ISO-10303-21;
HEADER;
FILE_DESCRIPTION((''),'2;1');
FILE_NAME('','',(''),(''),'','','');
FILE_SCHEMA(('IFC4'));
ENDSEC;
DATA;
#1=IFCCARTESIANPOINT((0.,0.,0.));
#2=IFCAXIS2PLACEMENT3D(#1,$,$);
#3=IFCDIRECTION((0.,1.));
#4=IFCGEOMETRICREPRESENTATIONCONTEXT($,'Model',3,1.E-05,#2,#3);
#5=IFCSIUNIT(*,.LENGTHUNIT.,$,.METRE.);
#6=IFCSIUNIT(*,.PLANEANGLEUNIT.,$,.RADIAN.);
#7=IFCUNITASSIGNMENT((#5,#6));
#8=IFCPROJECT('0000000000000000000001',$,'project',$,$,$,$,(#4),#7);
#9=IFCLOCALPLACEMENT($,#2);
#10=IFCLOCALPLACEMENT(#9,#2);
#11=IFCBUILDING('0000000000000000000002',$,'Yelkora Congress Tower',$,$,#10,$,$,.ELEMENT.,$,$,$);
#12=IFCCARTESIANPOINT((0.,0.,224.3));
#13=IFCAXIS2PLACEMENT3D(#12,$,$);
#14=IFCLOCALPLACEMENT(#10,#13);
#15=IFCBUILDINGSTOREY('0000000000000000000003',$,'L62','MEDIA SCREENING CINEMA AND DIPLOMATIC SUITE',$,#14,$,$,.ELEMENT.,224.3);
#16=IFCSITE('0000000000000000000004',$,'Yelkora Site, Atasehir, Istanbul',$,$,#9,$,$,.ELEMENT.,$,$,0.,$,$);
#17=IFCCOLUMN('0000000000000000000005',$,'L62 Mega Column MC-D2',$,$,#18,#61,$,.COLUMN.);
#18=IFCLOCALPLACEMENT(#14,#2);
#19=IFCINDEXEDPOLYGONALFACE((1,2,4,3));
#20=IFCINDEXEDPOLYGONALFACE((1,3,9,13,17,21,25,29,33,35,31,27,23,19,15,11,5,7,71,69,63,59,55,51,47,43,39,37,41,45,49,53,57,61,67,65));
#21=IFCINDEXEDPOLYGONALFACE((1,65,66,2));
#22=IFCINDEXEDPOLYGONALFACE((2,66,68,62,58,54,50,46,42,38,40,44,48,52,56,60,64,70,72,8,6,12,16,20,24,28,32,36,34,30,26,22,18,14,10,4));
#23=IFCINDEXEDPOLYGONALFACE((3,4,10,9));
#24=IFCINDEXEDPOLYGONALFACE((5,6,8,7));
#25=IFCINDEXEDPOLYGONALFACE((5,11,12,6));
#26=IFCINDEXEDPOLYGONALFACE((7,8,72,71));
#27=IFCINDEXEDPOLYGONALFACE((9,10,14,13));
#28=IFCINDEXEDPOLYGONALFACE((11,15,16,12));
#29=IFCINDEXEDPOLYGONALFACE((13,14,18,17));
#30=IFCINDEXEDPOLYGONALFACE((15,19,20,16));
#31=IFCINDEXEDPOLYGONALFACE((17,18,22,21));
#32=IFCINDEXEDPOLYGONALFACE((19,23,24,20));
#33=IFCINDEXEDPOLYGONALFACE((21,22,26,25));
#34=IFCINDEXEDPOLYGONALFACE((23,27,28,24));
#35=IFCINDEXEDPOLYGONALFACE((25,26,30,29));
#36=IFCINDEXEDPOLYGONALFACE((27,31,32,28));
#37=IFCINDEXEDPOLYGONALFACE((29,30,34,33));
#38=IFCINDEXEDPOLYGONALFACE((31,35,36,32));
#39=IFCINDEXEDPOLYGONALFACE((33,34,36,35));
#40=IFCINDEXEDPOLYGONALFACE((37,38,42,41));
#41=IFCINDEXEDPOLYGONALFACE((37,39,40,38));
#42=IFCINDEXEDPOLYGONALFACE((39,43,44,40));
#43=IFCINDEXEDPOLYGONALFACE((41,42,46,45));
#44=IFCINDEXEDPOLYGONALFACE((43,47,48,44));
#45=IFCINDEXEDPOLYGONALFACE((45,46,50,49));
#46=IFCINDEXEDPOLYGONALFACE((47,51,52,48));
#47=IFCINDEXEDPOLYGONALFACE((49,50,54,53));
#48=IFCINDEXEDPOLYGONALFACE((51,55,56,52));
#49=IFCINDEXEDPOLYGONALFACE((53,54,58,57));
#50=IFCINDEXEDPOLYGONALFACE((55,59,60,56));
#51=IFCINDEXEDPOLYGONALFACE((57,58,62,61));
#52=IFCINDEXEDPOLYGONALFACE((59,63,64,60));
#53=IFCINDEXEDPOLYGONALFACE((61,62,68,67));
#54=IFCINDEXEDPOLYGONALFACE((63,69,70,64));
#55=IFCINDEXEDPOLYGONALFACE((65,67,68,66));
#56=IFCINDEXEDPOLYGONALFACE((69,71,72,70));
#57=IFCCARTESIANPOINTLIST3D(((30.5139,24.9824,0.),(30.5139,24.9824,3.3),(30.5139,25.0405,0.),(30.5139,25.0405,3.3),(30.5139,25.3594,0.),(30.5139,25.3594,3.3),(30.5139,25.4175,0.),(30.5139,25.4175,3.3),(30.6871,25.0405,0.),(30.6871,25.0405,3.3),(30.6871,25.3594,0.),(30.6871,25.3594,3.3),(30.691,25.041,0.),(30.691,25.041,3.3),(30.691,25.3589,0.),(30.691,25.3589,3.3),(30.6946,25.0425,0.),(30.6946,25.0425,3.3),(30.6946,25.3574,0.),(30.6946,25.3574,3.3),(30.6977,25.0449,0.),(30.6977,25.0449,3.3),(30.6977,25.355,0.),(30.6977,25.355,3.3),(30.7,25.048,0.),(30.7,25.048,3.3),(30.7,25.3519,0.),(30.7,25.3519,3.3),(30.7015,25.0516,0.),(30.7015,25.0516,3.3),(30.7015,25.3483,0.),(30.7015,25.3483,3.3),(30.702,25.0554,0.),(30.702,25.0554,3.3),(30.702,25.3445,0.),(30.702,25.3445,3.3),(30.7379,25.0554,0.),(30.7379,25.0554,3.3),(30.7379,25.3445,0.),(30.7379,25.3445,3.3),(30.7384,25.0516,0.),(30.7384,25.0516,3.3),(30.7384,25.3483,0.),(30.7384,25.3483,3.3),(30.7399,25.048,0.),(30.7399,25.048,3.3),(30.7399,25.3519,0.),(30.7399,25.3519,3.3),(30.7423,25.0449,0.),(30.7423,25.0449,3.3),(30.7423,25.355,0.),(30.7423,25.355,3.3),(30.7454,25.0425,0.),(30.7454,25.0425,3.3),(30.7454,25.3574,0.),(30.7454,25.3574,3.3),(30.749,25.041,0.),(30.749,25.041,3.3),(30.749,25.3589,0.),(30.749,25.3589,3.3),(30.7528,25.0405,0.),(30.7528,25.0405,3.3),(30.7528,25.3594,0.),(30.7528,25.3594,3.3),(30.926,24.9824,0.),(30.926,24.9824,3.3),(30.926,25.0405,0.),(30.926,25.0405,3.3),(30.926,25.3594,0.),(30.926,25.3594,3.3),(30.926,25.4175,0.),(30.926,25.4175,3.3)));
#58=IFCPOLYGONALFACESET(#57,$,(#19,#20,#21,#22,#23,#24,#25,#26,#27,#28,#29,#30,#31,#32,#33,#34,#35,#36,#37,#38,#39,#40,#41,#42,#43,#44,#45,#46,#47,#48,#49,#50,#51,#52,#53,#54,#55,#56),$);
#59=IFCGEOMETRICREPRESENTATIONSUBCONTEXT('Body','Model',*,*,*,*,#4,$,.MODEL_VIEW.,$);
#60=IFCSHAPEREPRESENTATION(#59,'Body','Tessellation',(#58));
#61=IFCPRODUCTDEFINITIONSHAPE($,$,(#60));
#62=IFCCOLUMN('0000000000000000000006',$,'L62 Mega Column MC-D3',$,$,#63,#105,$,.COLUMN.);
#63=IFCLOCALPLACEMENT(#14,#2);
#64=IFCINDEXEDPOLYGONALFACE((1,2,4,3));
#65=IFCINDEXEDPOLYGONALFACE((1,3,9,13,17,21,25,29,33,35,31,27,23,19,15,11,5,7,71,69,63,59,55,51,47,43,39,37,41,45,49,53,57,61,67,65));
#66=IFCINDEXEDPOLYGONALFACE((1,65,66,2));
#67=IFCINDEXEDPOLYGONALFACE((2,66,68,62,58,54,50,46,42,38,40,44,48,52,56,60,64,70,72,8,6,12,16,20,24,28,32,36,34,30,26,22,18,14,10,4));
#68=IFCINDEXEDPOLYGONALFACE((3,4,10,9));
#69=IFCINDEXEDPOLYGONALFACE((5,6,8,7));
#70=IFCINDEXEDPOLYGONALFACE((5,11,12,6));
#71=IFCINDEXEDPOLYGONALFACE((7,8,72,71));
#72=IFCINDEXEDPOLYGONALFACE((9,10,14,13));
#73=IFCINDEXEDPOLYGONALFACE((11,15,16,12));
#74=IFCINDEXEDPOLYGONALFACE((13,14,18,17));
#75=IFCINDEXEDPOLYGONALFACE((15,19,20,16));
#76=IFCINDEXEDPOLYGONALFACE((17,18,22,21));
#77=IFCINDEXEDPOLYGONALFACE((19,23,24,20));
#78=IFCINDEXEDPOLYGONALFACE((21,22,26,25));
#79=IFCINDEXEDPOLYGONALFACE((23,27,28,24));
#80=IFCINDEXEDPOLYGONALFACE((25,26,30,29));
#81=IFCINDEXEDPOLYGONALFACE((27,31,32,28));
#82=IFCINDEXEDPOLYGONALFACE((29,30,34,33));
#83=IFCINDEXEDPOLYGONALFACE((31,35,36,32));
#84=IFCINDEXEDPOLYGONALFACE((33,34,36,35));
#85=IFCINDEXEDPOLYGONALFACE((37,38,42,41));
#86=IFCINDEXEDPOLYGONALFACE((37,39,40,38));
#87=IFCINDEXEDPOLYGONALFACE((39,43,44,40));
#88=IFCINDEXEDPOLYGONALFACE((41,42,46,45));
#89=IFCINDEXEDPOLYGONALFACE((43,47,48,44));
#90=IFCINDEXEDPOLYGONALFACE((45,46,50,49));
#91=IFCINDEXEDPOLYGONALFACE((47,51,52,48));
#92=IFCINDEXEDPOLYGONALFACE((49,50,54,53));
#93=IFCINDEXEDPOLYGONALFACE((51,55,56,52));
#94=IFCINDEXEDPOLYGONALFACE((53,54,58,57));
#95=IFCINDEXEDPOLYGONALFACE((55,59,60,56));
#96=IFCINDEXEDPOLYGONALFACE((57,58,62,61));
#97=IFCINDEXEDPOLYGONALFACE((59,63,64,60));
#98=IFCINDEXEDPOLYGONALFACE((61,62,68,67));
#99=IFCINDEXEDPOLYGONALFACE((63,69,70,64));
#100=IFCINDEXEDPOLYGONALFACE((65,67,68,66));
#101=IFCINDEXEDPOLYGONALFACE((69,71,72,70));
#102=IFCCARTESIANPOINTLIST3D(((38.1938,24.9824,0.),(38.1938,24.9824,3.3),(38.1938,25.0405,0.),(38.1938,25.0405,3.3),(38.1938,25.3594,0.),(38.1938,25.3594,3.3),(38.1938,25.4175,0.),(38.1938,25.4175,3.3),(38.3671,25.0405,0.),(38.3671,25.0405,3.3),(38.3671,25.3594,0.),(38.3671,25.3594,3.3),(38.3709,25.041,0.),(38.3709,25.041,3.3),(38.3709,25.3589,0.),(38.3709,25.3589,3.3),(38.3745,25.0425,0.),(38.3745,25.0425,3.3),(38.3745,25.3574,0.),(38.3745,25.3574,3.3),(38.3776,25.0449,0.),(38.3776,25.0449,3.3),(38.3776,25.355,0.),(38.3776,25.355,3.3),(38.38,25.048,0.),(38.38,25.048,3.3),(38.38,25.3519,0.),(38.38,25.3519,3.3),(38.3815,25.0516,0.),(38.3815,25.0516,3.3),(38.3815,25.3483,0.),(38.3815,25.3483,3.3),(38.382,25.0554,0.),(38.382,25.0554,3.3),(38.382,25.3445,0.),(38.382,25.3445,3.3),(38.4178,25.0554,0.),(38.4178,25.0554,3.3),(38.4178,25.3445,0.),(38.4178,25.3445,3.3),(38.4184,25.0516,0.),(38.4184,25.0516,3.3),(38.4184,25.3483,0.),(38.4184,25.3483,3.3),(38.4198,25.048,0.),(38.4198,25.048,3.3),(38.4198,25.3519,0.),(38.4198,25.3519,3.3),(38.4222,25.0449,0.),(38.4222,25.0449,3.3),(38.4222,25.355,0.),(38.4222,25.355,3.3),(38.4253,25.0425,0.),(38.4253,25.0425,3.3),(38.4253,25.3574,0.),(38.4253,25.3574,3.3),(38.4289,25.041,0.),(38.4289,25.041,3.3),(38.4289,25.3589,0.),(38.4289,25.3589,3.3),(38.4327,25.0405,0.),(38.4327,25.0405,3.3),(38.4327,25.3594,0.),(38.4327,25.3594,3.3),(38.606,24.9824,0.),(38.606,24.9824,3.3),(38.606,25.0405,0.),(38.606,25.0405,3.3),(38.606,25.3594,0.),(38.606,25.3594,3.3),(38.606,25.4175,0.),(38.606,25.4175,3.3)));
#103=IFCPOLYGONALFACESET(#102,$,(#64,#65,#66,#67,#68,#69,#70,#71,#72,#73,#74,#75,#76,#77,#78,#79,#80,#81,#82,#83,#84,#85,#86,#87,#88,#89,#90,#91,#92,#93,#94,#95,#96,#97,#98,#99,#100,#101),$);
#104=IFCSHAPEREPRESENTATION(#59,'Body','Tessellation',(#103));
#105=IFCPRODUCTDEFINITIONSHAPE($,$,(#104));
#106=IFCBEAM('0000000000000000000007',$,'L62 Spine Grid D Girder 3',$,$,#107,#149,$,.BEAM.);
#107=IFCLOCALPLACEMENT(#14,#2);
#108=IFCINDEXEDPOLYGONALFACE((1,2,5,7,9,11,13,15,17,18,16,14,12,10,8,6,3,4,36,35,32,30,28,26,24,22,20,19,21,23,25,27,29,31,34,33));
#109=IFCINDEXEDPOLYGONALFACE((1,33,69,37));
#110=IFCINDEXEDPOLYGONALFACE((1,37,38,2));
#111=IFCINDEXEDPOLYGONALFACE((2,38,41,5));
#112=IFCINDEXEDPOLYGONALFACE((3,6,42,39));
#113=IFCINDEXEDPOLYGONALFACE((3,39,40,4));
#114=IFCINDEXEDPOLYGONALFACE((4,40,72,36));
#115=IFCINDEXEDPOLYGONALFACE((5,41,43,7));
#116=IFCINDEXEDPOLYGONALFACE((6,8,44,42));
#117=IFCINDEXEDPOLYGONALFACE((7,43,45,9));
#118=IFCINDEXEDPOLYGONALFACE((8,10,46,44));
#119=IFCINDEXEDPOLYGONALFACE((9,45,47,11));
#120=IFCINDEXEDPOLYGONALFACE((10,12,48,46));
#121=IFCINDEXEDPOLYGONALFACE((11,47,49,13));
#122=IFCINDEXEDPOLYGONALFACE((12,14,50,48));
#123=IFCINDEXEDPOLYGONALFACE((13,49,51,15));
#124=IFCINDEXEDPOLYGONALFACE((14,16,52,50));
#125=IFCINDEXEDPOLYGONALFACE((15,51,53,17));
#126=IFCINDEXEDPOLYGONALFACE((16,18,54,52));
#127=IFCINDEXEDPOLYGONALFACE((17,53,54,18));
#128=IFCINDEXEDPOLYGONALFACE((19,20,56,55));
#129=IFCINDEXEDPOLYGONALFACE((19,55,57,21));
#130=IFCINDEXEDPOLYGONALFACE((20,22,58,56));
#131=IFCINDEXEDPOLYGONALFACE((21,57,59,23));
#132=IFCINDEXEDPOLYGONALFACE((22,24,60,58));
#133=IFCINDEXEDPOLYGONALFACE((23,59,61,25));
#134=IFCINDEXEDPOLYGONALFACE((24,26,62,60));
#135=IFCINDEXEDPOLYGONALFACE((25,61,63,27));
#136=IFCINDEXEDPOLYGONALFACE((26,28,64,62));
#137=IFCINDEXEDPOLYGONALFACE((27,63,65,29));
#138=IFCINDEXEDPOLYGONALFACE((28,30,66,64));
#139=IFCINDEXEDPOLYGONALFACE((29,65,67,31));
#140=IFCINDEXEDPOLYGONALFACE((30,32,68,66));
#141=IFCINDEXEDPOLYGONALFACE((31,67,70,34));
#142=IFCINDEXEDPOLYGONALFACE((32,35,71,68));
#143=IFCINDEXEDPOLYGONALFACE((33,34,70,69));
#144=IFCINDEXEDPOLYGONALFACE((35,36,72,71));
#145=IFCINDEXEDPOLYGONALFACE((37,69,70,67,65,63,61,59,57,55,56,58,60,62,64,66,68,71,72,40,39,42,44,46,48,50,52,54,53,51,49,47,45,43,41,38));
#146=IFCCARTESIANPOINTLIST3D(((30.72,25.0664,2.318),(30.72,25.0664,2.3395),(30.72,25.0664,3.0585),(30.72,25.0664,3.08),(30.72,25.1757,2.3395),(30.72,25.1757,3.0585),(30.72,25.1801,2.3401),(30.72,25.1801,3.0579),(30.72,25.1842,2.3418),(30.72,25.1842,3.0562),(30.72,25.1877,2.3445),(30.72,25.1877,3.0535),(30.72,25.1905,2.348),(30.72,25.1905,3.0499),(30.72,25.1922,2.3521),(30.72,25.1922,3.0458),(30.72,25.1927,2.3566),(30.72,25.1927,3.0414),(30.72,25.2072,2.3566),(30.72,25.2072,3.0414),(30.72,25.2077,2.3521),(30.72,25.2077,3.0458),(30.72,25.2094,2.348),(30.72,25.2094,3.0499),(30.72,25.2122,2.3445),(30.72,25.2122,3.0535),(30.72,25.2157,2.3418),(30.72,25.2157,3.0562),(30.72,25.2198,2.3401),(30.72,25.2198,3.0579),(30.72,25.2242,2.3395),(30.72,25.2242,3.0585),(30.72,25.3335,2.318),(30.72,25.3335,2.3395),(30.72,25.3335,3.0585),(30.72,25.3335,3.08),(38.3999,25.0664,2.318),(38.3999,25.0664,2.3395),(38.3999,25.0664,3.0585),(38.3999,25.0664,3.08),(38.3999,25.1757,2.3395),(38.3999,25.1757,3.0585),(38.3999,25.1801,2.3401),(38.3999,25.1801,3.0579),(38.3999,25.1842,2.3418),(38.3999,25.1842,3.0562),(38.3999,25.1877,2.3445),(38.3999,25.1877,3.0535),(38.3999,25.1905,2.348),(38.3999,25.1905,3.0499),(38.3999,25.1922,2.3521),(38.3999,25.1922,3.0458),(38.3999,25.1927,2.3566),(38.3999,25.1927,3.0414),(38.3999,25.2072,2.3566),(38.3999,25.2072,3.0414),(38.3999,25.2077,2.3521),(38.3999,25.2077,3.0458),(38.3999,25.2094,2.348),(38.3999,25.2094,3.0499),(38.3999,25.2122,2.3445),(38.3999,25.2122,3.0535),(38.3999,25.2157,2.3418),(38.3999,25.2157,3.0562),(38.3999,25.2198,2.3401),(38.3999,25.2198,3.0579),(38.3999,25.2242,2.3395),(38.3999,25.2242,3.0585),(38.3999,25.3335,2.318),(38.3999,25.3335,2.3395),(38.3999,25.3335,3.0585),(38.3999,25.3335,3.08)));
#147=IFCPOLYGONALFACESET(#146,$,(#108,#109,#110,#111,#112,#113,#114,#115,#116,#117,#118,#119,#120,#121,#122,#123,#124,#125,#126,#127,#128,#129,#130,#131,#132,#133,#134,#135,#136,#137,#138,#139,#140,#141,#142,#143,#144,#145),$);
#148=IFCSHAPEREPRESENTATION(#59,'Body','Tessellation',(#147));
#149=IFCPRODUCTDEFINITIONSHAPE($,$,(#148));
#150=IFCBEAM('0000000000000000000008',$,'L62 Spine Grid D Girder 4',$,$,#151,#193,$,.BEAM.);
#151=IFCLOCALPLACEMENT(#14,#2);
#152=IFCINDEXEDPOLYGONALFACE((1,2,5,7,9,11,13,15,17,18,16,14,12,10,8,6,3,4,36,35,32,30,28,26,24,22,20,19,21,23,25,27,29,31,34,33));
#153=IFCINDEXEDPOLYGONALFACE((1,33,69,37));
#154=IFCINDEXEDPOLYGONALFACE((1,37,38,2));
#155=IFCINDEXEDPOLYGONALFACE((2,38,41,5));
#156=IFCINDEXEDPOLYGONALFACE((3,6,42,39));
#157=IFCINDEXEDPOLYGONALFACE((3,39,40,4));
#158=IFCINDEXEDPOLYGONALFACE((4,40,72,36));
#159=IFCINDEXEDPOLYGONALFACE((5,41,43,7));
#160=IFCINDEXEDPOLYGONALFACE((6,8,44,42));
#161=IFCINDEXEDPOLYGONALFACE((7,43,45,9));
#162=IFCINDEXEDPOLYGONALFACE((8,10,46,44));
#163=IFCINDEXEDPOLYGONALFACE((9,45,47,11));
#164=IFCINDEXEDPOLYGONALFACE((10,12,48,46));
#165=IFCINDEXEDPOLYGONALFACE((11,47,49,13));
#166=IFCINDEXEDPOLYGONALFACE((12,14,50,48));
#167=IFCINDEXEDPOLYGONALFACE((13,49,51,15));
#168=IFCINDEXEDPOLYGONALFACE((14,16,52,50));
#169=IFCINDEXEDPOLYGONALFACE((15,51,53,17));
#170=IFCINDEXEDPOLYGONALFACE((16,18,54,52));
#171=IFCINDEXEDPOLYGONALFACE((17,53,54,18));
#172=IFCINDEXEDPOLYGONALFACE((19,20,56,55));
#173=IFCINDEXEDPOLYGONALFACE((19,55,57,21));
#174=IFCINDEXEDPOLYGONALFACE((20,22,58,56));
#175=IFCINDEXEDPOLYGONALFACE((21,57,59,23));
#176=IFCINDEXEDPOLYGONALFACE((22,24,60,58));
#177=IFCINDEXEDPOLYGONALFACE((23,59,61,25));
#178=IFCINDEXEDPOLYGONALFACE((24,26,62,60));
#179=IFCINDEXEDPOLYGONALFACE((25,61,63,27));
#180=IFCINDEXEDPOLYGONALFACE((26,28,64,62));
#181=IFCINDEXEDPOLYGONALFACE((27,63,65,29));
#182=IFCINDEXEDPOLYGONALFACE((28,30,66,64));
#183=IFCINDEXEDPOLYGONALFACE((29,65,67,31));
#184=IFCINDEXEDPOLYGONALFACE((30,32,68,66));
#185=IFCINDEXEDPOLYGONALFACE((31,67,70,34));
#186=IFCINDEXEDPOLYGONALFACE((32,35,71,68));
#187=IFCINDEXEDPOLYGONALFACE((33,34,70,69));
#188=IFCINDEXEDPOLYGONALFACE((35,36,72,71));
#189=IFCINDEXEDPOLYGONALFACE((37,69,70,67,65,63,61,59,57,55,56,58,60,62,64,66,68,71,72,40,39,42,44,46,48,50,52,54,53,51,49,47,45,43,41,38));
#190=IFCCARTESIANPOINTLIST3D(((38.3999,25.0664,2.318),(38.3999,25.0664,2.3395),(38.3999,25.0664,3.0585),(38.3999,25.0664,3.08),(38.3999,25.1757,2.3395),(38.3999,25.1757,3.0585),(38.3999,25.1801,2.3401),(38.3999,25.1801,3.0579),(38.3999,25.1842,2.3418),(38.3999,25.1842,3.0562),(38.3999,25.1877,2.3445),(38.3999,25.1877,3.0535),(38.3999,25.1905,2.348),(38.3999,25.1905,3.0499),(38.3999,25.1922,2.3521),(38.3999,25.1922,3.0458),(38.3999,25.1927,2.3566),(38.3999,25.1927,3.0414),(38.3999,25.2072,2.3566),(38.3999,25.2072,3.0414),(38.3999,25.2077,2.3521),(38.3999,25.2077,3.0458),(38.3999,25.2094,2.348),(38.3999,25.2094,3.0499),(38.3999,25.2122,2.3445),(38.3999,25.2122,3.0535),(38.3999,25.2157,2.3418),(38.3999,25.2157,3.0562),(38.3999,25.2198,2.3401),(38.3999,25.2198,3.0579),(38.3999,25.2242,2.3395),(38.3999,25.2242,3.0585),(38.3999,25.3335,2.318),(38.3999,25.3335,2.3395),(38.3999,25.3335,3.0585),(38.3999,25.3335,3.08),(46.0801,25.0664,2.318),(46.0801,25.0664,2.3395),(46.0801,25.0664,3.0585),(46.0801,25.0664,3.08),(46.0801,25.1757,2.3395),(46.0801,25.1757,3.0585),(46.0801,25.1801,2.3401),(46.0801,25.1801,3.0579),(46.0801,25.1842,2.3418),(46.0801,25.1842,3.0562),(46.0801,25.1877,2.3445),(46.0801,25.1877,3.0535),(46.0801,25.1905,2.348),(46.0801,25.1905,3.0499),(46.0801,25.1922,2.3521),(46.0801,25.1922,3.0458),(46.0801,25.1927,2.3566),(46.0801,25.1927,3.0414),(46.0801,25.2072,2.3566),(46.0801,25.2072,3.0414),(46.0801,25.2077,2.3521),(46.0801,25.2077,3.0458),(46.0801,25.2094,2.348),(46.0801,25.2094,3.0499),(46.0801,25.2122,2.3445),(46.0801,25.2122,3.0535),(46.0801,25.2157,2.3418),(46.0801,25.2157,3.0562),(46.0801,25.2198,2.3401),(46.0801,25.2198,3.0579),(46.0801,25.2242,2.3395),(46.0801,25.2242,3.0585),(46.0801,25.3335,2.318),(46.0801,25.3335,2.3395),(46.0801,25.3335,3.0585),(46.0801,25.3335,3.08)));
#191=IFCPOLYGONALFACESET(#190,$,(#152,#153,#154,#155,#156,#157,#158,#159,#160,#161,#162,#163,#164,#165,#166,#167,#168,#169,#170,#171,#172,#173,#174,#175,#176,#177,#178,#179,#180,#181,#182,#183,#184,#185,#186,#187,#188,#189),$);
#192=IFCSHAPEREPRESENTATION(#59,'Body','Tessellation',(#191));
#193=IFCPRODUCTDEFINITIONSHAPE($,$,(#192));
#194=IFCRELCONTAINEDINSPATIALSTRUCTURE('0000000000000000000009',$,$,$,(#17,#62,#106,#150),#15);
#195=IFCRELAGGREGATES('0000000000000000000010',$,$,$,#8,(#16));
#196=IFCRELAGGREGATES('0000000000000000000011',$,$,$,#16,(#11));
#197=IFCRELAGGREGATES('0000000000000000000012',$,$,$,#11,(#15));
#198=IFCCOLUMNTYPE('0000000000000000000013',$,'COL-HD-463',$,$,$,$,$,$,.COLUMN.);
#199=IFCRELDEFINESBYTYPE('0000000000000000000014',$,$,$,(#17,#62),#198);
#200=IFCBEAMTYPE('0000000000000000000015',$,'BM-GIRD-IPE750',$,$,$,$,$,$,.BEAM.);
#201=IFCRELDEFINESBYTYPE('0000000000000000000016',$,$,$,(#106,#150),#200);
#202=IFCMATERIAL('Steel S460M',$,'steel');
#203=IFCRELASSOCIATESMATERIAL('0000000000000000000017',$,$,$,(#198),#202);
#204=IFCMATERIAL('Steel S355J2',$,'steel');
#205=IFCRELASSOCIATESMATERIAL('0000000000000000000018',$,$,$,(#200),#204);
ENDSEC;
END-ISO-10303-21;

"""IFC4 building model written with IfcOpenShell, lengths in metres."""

from ifc_helpers import new_model, si_unit, direction, frame, origin, origin_2d, place, context, subcontext, project, spatial, i_section, extrude, material, material_profile, profile_set, type_object, element, save


model = new_model("IFC4")

# Units and contexts
model_context = context("Model", 3, precision=1e-05, world=origin(), true_north=direction((0.0, 1.0)))
body_context = subcontext(model_context, "Body", "Model", "MODEL_VIEW")
ifc_project = project(units=[si_unit("LENGTHUNIT", "METRE"), si_unit("PLANEANGLEUNIT", "RADIAN")], contexts=[model_context])

# Site, building, storey
site_placement = place(None, origin())
site = spatial("IfcSite", under=ifc_project, at=site_placement, Name="Yelkora Site, Atasehir, Istanbul", CompositionType="ELEMENT", RefElevation=0.0)
building_placement = place(site_placement, origin())
building = spatial("IfcBuilding", under=site, at=building_placement, Name="Yelkora Congress Tower", CompositionType="ELEMENT")
storey_placement = place(building_placement, frame((0.0, 0.0, 224.3)))
storey = spatial("IfcBuildingStorey", under=building, at=storey_placement, Name="L62", Description="MEDIA SCREENING CINEMA AND DIPLOMATIC SUITE", CompositionType="ELEMENT", Elevation=224.3)

# Columns
ifc_material_1 = material(Name="Steel S460M", Category="steel")
ifc_material_profile_1 = material_profile(ifc_material_1, i_section(OverallWidth=0.4121, OverallDepth=0.4351, WebThickness=0.0359, FlangeThickness=0.0581, FilletRadius=0.0149, at=origin_2d()), Name="HD 400x463")
ifc_profile_set_1 = profile_set([ifc_material_profile_1], Name="Steel S460M")
column_type = type_object("IfcColumnType", Name="COL-HD-463", PredefinedType="COLUMN", material=ifc_profile_set_1)
for number, where, z_axis, x_axis, name in (
    (1, (30.72, 25.2, 0.0), (0.0, 0.0, 1.0), (1.0, 0.0, 0.0), "L62 Mega Column MC-D2"),
    (2, (38.3999, 25.2, 0.0), (0.0, 0.0, 1.0), (1.0, 0.0, 0.0), "L62 Mega Column MC-D3"),
):
    element("IfcColumn", number, at=place(storey_placement, frame(where, z_axis=z_axis, x_axis=x_axis)), inside=storey, type_object=column_type, Name=name, PredefinedType="COLUMN", context=body_context, shape_type="SweptSolid", body=[
        extrude(i_section(OverallWidth=0.4121, OverallDepth=0.4351, WebThickness=0.0359, FlangeThickness=0.0581, FilletRadius=0.0149, at=origin_2d()), origin(), (0.0, 0.0, 1.0), 3.3),
    ])

# Beams
ifc_material_2 = material(Name="Steel S355J2", Category="steel")
ifc_material_profile_2 = material_profile(ifc_material_2, i_section(OverallWidth=0.2671, OverallDepth=0.762, WebThickness=0.0144, FlangeThickness=0.0215, FilletRadius=0.0171, at=origin_2d()), Name="IPE 750x173")
ifc_profile_set_2 = profile_set([ifc_material_profile_2], Name="Steel S355J2")
beam_type_1 = type_object("IfcBeamType", Name="BM-GIRD-IPE750", PredefinedType="BEAM", material=ifc_profile_set_2)
beam_1_placement = place(storey_placement, frame((30.72, 25.2, 2.699), z_axis=(1.0, 0.0, 0.0), x_axis=(0.0, 1.0, 0.0)))
element("IfcBeam", 3, at=beam_1_placement, inside=storey, type_object=beam_type_1, Name="L62 Spine Grid D Girder 3", PredefinedType="BEAM", context=body_context, shape_type="SweptSolid", body=[
    extrude(i_section(OverallWidth=0.2671, OverallDepth=0.762, WebThickness=0.0144, FlangeThickness=0.0215, FilletRadius=0.0171, at=origin_2d()), origin(), (0.0, 0.0, 1.0), 7.6799),
])
beam_2_placement = place(storey_placement, frame((38.3999, 25.2, 2.699), z_axis=(1.0, 0.0, 0.0), x_axis=(0.0, 1.0, 0.0)))
element("IfcBeam", 4, at=beam_2_placement, inside=storey, type_object=beam_type_1, Name="L62 Spine Grid D Girder 4", PredefinedType="BEAM", context=body_context, shape_type="SweptSolid", body=[
    extrude(i_section(OverallWidth=0.2671, OverallDepth=0.762, WebThickness=0.0144, FlangeThickness=0.0215, FilletRadius=0.0171, at=origin_2d()), origin(), (0.0, 0.0, 1.0), 7.6802),
])

save(model, "model.ifc")
